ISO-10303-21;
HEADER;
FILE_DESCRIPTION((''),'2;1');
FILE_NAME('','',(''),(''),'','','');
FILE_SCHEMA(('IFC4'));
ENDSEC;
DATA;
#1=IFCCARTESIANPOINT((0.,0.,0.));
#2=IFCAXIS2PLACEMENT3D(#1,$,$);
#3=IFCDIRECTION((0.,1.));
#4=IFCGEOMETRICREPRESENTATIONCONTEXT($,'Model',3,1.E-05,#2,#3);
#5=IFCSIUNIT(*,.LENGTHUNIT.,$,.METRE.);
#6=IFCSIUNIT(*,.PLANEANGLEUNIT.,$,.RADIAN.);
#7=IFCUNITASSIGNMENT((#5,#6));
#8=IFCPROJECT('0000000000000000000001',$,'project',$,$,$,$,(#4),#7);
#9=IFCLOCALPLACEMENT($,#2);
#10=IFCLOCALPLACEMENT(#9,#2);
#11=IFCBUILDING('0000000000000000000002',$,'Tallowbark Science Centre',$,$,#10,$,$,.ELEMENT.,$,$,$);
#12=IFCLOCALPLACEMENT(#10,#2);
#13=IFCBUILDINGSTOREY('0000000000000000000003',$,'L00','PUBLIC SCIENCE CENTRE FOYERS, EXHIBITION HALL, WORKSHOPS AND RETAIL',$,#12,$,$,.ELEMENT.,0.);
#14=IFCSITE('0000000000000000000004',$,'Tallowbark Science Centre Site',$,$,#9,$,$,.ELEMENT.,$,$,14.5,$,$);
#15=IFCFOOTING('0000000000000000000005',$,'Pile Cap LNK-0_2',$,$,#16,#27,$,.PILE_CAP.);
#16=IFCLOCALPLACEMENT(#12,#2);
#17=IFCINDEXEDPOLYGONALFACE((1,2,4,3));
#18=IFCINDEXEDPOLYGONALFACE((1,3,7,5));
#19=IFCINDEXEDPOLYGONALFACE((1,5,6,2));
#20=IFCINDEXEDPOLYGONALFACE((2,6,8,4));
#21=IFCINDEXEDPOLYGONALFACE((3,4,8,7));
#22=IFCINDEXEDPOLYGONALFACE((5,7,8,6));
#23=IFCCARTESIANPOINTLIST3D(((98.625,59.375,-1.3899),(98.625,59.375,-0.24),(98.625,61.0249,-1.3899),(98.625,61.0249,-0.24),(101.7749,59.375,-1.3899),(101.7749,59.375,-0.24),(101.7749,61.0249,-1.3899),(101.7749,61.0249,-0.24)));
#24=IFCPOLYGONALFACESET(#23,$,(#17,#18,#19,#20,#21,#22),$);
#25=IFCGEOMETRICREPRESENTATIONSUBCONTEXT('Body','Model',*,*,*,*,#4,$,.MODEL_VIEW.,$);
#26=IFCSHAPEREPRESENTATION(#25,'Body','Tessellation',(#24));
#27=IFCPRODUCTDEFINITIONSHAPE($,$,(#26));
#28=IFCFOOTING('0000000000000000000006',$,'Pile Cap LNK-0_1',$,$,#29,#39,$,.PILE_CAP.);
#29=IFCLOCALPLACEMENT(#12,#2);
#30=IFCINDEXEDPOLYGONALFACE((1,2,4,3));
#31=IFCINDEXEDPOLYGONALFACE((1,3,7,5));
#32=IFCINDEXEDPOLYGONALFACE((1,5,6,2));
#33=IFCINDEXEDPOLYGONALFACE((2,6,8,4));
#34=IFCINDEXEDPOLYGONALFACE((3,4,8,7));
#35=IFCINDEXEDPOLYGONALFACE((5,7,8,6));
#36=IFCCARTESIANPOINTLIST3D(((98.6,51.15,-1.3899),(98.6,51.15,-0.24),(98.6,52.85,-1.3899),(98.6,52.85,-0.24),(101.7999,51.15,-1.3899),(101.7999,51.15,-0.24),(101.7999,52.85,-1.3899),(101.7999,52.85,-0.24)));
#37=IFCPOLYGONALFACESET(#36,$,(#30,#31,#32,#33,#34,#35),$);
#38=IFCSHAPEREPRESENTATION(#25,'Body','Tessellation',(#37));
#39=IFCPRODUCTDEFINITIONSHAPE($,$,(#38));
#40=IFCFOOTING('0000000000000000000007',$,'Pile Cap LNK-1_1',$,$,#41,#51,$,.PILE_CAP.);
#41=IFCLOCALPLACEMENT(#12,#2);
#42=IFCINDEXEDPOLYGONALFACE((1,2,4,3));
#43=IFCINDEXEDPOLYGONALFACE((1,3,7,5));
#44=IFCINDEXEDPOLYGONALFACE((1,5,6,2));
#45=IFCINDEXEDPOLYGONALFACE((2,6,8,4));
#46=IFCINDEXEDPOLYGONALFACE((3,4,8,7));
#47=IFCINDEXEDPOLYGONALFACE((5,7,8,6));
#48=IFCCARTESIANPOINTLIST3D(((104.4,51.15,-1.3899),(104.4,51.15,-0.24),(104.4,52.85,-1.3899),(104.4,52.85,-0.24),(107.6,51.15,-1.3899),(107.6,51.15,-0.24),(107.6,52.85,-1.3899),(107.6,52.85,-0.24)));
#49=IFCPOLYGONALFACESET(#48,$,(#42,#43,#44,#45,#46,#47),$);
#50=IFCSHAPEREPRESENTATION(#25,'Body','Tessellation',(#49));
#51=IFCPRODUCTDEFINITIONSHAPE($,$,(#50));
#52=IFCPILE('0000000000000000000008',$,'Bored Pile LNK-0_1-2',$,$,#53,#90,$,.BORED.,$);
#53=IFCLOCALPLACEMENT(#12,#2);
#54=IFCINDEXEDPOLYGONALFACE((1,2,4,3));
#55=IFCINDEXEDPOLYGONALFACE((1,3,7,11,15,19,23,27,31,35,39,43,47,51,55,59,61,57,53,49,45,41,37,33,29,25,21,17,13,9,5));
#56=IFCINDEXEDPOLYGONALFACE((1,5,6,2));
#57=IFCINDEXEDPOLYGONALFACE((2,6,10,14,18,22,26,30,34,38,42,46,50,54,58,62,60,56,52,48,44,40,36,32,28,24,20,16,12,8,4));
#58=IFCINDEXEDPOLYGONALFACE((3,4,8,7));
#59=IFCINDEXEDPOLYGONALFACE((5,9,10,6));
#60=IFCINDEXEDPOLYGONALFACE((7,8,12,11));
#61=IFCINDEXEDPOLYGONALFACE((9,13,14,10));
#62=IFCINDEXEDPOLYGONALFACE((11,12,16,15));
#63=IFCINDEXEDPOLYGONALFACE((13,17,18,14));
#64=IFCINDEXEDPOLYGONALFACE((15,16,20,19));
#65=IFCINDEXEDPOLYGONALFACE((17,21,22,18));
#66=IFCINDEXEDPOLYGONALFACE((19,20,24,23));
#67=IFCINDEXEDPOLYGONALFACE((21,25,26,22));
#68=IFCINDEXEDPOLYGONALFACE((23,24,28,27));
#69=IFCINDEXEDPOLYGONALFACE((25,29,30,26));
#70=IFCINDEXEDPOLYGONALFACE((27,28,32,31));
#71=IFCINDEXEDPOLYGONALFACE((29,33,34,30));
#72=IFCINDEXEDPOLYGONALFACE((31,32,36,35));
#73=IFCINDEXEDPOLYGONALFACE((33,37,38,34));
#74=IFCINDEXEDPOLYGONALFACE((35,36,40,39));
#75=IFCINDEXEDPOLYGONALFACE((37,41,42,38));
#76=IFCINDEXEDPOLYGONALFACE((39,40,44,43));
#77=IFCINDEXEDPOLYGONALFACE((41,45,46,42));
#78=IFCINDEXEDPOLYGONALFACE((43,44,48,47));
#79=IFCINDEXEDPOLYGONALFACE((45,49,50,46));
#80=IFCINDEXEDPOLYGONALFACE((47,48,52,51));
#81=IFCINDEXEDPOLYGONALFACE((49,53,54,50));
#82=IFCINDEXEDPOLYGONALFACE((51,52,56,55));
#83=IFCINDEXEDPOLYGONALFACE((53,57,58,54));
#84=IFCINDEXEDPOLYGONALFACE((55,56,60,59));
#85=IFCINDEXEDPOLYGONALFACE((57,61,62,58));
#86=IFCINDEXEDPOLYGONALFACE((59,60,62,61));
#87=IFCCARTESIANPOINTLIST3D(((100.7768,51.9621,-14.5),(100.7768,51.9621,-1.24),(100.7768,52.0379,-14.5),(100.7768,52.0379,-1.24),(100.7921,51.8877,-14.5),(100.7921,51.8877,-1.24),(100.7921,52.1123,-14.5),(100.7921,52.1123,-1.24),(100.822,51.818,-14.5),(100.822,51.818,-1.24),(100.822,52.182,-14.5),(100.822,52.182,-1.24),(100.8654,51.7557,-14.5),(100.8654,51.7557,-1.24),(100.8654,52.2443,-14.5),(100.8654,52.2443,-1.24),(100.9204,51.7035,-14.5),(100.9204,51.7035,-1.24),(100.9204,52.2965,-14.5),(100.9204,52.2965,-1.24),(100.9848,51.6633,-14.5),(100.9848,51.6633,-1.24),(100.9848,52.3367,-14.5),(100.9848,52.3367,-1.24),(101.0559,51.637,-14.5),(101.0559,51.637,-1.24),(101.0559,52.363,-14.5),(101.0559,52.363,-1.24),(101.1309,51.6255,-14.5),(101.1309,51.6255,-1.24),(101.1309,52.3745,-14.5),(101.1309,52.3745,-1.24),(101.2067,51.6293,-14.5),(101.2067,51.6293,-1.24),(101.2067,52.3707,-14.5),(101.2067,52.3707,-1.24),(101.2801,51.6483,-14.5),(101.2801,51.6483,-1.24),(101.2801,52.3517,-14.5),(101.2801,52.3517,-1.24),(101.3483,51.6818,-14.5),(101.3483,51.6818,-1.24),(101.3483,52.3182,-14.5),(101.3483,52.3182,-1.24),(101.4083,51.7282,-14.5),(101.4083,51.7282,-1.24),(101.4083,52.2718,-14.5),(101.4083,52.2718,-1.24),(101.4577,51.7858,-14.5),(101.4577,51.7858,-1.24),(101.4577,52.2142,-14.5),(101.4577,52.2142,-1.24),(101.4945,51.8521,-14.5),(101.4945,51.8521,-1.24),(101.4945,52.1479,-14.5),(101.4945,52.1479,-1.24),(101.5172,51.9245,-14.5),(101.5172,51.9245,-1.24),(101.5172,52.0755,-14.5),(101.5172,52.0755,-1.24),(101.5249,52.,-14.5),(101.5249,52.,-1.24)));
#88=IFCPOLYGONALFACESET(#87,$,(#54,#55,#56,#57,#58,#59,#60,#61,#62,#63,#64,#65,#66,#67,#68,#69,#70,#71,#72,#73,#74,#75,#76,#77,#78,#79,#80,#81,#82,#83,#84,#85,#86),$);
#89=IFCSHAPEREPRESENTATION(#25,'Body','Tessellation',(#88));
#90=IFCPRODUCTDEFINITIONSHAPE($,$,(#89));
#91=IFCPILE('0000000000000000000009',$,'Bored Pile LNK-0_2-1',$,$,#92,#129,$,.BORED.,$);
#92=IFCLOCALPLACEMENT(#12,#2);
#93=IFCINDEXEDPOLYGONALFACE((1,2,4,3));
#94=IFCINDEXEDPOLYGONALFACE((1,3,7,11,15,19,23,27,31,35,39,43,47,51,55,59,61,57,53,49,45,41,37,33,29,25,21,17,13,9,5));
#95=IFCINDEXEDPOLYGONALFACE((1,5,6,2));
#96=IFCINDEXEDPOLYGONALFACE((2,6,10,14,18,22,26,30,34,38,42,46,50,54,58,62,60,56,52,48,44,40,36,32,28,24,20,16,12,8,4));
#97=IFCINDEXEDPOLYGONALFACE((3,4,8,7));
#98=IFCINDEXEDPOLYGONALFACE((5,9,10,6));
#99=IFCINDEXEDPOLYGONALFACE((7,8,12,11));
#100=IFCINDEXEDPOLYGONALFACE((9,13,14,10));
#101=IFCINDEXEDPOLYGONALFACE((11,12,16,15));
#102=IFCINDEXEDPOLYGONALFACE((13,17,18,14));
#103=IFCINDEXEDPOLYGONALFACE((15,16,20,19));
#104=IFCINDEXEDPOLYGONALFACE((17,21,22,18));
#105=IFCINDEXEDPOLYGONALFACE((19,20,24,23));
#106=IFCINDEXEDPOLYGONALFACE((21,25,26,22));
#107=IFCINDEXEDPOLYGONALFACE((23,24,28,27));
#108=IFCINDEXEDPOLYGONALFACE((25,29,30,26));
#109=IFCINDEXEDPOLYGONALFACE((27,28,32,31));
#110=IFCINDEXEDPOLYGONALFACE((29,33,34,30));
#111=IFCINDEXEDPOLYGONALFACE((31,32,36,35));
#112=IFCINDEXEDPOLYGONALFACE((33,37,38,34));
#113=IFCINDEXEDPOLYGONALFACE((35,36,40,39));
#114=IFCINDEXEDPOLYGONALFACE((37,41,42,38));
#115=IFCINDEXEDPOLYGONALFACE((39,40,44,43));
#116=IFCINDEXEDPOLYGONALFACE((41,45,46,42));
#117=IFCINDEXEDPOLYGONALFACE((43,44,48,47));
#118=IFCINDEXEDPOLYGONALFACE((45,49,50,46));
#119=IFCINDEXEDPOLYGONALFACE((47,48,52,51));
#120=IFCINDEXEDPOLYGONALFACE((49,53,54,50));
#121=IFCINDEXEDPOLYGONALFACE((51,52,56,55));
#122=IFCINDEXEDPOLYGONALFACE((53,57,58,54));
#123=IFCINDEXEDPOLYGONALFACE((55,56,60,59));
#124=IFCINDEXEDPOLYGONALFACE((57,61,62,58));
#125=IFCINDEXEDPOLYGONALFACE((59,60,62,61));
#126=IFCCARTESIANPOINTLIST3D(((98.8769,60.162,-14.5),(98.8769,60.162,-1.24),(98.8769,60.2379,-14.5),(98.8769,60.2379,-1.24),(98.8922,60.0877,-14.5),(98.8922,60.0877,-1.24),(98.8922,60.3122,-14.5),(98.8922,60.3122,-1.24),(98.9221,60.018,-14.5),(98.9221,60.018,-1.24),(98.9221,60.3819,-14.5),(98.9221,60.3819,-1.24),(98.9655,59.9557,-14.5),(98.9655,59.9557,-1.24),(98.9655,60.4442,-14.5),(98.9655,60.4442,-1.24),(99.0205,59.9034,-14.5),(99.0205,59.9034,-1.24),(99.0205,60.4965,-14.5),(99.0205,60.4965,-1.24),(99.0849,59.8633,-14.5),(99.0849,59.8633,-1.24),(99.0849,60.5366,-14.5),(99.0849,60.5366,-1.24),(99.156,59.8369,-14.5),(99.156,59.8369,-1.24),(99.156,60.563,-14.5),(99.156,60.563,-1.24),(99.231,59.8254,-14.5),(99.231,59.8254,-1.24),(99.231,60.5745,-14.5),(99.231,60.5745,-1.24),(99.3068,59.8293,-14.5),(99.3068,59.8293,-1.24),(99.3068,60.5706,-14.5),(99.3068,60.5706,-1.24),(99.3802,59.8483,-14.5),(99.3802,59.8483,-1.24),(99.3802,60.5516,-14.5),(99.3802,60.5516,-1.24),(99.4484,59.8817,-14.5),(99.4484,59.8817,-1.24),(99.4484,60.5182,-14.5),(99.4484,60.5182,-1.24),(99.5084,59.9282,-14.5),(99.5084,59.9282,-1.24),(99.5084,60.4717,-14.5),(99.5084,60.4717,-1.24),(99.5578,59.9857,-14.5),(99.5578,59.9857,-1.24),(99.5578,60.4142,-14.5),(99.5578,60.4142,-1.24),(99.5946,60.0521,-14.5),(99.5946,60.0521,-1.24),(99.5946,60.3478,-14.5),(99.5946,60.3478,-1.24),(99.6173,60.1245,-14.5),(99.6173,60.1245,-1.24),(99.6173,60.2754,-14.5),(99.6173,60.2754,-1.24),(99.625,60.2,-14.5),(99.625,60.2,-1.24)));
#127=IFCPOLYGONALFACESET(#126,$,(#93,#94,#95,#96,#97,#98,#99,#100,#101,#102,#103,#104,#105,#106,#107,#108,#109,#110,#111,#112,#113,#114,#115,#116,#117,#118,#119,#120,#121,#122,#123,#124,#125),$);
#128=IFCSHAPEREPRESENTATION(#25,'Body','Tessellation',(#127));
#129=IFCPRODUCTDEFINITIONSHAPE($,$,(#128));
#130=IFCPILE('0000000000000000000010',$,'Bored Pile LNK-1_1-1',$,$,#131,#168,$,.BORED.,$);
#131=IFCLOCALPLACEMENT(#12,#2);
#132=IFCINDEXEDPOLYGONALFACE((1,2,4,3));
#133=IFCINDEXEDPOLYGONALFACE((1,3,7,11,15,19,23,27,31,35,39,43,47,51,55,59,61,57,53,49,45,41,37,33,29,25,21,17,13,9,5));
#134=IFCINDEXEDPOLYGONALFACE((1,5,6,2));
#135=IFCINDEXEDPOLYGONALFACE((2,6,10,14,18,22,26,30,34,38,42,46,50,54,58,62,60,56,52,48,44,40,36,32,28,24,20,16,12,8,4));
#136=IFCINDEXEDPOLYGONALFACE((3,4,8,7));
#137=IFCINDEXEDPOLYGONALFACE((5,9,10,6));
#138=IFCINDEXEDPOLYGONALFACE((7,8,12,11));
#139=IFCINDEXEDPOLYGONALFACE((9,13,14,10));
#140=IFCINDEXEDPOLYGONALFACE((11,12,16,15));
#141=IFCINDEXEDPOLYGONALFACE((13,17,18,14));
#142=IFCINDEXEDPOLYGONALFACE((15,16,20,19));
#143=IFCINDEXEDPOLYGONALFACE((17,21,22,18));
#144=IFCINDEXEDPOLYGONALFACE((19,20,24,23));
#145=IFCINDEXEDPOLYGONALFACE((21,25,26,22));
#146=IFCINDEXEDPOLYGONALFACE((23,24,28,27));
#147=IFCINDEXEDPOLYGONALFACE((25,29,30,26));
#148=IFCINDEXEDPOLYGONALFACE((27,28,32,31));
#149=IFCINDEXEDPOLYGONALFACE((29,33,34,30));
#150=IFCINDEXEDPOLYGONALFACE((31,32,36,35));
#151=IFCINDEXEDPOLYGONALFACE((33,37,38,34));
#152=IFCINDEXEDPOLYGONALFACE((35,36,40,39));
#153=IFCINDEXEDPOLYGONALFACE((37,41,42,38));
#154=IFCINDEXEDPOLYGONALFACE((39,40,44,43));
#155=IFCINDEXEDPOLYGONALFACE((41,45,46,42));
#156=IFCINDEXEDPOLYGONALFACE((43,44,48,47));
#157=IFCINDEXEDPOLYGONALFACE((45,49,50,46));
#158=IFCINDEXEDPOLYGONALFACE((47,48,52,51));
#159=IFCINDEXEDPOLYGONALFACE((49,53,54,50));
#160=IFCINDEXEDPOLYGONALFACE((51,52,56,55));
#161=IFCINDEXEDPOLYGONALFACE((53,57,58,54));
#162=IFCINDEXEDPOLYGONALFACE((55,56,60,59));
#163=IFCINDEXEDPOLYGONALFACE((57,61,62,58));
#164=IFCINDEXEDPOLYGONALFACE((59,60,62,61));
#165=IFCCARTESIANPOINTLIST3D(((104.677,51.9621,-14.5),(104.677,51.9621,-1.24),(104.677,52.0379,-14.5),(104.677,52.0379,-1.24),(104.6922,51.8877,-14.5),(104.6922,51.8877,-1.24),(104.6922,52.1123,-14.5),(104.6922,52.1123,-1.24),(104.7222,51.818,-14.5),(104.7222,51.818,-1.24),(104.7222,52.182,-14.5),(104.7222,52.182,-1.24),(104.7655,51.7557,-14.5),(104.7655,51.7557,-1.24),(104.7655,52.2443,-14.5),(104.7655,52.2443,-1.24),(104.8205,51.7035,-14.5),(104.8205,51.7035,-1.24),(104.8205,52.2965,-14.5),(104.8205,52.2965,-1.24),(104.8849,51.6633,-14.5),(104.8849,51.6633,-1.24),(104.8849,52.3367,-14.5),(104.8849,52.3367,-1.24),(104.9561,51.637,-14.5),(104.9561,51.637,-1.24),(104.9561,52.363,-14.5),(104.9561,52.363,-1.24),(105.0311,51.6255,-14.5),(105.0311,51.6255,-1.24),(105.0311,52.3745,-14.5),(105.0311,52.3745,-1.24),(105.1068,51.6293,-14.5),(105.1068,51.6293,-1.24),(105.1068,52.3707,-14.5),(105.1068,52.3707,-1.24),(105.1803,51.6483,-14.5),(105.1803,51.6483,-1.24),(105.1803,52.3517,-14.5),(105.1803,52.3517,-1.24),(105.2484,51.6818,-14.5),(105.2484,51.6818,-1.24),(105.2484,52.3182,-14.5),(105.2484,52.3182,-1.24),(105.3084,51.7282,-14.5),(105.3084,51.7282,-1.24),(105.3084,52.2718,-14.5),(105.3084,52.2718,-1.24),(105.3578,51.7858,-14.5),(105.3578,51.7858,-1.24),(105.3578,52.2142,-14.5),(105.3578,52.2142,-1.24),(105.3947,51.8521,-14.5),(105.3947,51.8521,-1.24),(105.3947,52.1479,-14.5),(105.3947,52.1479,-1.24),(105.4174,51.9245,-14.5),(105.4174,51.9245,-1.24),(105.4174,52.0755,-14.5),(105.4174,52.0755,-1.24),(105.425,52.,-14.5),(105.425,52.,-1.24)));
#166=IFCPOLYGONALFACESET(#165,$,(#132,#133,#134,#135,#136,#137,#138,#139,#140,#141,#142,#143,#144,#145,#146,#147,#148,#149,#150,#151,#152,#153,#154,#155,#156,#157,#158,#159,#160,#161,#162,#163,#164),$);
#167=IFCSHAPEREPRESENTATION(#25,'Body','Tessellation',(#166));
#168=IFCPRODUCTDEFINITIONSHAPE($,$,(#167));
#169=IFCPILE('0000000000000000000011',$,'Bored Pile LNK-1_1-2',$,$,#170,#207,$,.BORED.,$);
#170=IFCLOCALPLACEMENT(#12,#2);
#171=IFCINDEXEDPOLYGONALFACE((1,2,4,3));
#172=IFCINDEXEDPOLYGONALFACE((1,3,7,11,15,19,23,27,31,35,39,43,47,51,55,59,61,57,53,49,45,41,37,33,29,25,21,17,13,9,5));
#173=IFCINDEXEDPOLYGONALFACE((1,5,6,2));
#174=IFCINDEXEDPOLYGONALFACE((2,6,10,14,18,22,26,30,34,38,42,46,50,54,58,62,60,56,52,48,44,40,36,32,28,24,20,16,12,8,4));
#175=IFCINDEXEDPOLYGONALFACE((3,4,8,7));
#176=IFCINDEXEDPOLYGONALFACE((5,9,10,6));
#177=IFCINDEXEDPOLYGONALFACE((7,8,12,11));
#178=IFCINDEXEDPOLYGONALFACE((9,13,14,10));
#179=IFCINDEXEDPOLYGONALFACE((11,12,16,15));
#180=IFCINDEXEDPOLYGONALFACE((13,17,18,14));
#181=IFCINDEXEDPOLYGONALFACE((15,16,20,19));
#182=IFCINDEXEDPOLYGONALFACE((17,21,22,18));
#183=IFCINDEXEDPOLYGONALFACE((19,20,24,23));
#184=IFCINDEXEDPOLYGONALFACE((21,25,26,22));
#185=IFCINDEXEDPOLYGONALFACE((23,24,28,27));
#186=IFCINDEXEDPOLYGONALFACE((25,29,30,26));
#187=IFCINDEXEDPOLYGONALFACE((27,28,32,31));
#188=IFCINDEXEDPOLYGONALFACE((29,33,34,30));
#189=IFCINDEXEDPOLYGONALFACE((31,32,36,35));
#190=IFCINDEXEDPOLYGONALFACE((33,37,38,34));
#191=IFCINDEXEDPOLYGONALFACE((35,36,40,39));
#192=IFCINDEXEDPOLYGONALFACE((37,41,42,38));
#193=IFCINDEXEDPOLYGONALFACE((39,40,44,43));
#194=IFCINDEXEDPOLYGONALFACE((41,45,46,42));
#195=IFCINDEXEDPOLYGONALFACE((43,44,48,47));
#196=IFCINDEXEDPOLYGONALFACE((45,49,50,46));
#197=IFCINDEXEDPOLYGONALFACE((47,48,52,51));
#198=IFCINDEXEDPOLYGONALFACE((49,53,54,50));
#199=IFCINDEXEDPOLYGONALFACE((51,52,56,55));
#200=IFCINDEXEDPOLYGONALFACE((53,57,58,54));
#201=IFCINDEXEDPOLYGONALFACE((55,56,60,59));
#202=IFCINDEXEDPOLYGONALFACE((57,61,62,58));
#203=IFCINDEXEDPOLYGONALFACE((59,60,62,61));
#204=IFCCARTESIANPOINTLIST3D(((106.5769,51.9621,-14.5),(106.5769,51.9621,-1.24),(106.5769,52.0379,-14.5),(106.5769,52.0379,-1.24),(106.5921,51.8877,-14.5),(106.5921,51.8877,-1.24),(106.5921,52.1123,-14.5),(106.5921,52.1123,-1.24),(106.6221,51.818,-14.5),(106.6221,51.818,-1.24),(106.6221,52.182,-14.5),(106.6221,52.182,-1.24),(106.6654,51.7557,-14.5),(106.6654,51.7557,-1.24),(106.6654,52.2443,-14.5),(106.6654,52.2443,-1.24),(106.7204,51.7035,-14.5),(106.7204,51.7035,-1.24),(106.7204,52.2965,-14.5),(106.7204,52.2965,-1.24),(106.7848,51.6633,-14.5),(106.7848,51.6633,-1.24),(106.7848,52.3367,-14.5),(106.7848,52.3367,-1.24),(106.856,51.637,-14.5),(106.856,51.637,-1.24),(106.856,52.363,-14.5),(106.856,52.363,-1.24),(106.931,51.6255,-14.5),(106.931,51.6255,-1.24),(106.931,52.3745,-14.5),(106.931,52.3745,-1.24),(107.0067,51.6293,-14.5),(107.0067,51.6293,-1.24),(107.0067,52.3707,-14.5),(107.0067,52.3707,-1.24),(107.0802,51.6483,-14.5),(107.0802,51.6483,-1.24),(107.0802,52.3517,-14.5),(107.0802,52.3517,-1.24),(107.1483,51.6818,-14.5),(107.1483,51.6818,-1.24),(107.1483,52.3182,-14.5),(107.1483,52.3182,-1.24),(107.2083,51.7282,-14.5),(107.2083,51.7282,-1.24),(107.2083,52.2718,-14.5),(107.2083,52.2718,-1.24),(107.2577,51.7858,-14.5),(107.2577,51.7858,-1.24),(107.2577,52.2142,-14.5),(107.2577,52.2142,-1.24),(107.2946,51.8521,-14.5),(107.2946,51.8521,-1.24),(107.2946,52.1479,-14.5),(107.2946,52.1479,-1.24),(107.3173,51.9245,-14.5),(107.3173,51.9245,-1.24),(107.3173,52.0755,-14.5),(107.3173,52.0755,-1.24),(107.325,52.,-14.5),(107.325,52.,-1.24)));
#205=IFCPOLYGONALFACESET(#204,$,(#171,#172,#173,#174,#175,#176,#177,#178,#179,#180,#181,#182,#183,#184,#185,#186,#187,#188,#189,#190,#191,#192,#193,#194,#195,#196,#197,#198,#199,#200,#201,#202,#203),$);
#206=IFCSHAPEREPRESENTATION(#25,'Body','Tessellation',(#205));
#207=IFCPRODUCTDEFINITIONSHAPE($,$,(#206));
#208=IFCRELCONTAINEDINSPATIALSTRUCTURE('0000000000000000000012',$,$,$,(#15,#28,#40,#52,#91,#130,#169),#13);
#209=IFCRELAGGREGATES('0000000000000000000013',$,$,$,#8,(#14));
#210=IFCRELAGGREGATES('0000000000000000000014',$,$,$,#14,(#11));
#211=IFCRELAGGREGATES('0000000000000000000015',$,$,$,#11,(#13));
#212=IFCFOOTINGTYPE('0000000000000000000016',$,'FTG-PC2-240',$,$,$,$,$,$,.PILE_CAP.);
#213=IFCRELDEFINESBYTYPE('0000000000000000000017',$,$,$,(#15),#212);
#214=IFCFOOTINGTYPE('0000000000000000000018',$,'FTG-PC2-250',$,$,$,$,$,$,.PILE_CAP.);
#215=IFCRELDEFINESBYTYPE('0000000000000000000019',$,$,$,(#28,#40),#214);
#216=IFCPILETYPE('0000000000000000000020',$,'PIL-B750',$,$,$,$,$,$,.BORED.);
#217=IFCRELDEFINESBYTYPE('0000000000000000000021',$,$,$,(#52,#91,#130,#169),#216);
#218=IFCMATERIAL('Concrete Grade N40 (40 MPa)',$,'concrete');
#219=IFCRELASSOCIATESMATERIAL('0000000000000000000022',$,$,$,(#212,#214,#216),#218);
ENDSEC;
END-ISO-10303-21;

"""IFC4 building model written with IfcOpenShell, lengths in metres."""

from ifc_helpers import new_model, si_unit, direction, frame, origin, origin_2d, place, context, subcontext, project, spatial, rectangle, circle, extrude, material, material_profile, profile_set, type_object, element, save


model = new_model("IFC4")

# Units and contexts
model_context = context("Model", 3, precision=1e-05, world=origin(), true_north=direction((0.0, 1.0)))
body_context = subcontext(model_context, "Body", "Model", "MODEL_VIEW")
ifc_project = project(units=[si_unit("LENGTHUNIT", "METRE"), si_unit("PLANEANGLEUNIT", "RADIAN")], contexts=[model_context])

# Site, building, storey
site_placement = place(None, origin())
site = spatial("IfcSite", under=ifc_project, at=site_placement, Name="Tallowbark Science Centre Site", CompositionType="ELEMENT", RefElevation=14.5)
building_placement = place(site_placement, origin())
building = spatial("IfcBuilding", under=site, at=building_placement, Name="Tallowbark Science Centre", CompositionType="ELEMENT")
storey_placement = place(building_placement, origin())
storey = spatial("IfcBuildingStorey", under=building, at=storey_placement, Name="L00", Description="PUBLIC SCIENCE CENTRE FOYERS, EXHIBITION HALL, WORKSHOPS AND RETAIL", CompositionType="ELEMENT", Elevation=0.0)

# Footings
ifc_material_1 = material(Name="Concrete Grade N40 (40 MPa)", Category="concrete")
footing_type_1 = type_object("IfcFootingType", Name="FTG-PC2-240", PredefinedType="PILE_CAP", material=ifc_material_1)
footing_placement = place(storey_placement, frame((100.2, 60.2, -1.3899), z_axis=(0.0, 0.0, 1.0), x_axis=(1.0, 0.0, 0.0)))
element("IfcFooting", 1, at=footing_placement, inside=storey, type_object=footing_type_1, Name="Pile Cap LNK-0_2", PredefinedType="PILE_CAP", context=body_context, shape_type="SweptSolid", body=[
    extrude(rectangle(XDim=3.1499, YDim=1.6499, at=origin_2d()), origin(), (0.0, 0.0, 1.0), 1.1499),
])
footing_type_2 = type_object("IfcFootingType", Name="FTG-PC2-250", PredefinedType="PILE_CAP", material=ifc_material_1)
for number, where, z_axis, x_axis, name in (
    (2, (100.2, 52.0, -1.3899), (0.0, 0.0, 1.0), (1.0, 0.0, 0.0), "Pile Cap LNK-0_1"),
    (3, (106.0, 52.0, -1.3899), (0.0, 0.0, 1.0), (1.0, 0.0, 0.0), "Pile Cap LNK-1_1"),
):
    element("IfcFooting", number, at=place(storey_placement, frame(where, z_axis=z_axis, x_axis=x_axis)), inside=storey, type_object=footing_type_2, Name=name, PredefinedType="PILE_CAP", context=body_context, shape_type="SweptSolid", body=[
        extrude(rectangle(XDim=3.2, YDim=1.7, at=origin_2d()), origin(), (0.0, 0.0, 1.0), 1.1499),
    ])

# Piles
ifc_material_profile_1 = material_profile(ifc_material_1, circle(Radius=0.375, at=origin_2d()), Name="PILE750")
ifc_profile_set_1 = profile_set([ifc_material_profile_1], Name="Concrete Grade N40 (40 MPa)")
pile_type = type_object("IfcPileType", Name="PIL-B750", PredefinedType="BORED", material=ifc_profile_set_1)
for number, where, z_axis, x_axis, name in (
    (4, (101.1499, 52.0, -1.24), (0.0, 0.0, -1.0), (1.0, 0.0, 0.0), "Bored Pile LNK-0_1-2"),
    (5, (99.25, 60.2, -1.24), (0.0, 0.0, -1.0), (1.0, 0.0, 0.0), "Bored Pile LNK-0_2-1"),
    (6, (105.05, 52.0, -1.24), (0.0, 0.0, -1.0), (1.0, 0.0, 0.0), "Bored Pile LNK-1_1-1"),
    (7, (106.95, 52.0, -1.24), (0.0, 0.0, -1.0), (1.0, 0.0, 0.0), "Bored Pile LNK-1_1-2"),
):
    element("IfcPile", number, at=place(storey_placement, frame(where, z_axis=z_axis, x_axis=x_axis)), inside=storey, type_object=pile_type, Name=name, PredefinedType="BORED", context=body_context, shape_type="SweptSolid", body=[
        extrude(circle(Radius=0.375, at=origin_2d()), origin(), (0.0, 0.0, 1.0), 13.26),
    ])

save(model, "model.ifc")
